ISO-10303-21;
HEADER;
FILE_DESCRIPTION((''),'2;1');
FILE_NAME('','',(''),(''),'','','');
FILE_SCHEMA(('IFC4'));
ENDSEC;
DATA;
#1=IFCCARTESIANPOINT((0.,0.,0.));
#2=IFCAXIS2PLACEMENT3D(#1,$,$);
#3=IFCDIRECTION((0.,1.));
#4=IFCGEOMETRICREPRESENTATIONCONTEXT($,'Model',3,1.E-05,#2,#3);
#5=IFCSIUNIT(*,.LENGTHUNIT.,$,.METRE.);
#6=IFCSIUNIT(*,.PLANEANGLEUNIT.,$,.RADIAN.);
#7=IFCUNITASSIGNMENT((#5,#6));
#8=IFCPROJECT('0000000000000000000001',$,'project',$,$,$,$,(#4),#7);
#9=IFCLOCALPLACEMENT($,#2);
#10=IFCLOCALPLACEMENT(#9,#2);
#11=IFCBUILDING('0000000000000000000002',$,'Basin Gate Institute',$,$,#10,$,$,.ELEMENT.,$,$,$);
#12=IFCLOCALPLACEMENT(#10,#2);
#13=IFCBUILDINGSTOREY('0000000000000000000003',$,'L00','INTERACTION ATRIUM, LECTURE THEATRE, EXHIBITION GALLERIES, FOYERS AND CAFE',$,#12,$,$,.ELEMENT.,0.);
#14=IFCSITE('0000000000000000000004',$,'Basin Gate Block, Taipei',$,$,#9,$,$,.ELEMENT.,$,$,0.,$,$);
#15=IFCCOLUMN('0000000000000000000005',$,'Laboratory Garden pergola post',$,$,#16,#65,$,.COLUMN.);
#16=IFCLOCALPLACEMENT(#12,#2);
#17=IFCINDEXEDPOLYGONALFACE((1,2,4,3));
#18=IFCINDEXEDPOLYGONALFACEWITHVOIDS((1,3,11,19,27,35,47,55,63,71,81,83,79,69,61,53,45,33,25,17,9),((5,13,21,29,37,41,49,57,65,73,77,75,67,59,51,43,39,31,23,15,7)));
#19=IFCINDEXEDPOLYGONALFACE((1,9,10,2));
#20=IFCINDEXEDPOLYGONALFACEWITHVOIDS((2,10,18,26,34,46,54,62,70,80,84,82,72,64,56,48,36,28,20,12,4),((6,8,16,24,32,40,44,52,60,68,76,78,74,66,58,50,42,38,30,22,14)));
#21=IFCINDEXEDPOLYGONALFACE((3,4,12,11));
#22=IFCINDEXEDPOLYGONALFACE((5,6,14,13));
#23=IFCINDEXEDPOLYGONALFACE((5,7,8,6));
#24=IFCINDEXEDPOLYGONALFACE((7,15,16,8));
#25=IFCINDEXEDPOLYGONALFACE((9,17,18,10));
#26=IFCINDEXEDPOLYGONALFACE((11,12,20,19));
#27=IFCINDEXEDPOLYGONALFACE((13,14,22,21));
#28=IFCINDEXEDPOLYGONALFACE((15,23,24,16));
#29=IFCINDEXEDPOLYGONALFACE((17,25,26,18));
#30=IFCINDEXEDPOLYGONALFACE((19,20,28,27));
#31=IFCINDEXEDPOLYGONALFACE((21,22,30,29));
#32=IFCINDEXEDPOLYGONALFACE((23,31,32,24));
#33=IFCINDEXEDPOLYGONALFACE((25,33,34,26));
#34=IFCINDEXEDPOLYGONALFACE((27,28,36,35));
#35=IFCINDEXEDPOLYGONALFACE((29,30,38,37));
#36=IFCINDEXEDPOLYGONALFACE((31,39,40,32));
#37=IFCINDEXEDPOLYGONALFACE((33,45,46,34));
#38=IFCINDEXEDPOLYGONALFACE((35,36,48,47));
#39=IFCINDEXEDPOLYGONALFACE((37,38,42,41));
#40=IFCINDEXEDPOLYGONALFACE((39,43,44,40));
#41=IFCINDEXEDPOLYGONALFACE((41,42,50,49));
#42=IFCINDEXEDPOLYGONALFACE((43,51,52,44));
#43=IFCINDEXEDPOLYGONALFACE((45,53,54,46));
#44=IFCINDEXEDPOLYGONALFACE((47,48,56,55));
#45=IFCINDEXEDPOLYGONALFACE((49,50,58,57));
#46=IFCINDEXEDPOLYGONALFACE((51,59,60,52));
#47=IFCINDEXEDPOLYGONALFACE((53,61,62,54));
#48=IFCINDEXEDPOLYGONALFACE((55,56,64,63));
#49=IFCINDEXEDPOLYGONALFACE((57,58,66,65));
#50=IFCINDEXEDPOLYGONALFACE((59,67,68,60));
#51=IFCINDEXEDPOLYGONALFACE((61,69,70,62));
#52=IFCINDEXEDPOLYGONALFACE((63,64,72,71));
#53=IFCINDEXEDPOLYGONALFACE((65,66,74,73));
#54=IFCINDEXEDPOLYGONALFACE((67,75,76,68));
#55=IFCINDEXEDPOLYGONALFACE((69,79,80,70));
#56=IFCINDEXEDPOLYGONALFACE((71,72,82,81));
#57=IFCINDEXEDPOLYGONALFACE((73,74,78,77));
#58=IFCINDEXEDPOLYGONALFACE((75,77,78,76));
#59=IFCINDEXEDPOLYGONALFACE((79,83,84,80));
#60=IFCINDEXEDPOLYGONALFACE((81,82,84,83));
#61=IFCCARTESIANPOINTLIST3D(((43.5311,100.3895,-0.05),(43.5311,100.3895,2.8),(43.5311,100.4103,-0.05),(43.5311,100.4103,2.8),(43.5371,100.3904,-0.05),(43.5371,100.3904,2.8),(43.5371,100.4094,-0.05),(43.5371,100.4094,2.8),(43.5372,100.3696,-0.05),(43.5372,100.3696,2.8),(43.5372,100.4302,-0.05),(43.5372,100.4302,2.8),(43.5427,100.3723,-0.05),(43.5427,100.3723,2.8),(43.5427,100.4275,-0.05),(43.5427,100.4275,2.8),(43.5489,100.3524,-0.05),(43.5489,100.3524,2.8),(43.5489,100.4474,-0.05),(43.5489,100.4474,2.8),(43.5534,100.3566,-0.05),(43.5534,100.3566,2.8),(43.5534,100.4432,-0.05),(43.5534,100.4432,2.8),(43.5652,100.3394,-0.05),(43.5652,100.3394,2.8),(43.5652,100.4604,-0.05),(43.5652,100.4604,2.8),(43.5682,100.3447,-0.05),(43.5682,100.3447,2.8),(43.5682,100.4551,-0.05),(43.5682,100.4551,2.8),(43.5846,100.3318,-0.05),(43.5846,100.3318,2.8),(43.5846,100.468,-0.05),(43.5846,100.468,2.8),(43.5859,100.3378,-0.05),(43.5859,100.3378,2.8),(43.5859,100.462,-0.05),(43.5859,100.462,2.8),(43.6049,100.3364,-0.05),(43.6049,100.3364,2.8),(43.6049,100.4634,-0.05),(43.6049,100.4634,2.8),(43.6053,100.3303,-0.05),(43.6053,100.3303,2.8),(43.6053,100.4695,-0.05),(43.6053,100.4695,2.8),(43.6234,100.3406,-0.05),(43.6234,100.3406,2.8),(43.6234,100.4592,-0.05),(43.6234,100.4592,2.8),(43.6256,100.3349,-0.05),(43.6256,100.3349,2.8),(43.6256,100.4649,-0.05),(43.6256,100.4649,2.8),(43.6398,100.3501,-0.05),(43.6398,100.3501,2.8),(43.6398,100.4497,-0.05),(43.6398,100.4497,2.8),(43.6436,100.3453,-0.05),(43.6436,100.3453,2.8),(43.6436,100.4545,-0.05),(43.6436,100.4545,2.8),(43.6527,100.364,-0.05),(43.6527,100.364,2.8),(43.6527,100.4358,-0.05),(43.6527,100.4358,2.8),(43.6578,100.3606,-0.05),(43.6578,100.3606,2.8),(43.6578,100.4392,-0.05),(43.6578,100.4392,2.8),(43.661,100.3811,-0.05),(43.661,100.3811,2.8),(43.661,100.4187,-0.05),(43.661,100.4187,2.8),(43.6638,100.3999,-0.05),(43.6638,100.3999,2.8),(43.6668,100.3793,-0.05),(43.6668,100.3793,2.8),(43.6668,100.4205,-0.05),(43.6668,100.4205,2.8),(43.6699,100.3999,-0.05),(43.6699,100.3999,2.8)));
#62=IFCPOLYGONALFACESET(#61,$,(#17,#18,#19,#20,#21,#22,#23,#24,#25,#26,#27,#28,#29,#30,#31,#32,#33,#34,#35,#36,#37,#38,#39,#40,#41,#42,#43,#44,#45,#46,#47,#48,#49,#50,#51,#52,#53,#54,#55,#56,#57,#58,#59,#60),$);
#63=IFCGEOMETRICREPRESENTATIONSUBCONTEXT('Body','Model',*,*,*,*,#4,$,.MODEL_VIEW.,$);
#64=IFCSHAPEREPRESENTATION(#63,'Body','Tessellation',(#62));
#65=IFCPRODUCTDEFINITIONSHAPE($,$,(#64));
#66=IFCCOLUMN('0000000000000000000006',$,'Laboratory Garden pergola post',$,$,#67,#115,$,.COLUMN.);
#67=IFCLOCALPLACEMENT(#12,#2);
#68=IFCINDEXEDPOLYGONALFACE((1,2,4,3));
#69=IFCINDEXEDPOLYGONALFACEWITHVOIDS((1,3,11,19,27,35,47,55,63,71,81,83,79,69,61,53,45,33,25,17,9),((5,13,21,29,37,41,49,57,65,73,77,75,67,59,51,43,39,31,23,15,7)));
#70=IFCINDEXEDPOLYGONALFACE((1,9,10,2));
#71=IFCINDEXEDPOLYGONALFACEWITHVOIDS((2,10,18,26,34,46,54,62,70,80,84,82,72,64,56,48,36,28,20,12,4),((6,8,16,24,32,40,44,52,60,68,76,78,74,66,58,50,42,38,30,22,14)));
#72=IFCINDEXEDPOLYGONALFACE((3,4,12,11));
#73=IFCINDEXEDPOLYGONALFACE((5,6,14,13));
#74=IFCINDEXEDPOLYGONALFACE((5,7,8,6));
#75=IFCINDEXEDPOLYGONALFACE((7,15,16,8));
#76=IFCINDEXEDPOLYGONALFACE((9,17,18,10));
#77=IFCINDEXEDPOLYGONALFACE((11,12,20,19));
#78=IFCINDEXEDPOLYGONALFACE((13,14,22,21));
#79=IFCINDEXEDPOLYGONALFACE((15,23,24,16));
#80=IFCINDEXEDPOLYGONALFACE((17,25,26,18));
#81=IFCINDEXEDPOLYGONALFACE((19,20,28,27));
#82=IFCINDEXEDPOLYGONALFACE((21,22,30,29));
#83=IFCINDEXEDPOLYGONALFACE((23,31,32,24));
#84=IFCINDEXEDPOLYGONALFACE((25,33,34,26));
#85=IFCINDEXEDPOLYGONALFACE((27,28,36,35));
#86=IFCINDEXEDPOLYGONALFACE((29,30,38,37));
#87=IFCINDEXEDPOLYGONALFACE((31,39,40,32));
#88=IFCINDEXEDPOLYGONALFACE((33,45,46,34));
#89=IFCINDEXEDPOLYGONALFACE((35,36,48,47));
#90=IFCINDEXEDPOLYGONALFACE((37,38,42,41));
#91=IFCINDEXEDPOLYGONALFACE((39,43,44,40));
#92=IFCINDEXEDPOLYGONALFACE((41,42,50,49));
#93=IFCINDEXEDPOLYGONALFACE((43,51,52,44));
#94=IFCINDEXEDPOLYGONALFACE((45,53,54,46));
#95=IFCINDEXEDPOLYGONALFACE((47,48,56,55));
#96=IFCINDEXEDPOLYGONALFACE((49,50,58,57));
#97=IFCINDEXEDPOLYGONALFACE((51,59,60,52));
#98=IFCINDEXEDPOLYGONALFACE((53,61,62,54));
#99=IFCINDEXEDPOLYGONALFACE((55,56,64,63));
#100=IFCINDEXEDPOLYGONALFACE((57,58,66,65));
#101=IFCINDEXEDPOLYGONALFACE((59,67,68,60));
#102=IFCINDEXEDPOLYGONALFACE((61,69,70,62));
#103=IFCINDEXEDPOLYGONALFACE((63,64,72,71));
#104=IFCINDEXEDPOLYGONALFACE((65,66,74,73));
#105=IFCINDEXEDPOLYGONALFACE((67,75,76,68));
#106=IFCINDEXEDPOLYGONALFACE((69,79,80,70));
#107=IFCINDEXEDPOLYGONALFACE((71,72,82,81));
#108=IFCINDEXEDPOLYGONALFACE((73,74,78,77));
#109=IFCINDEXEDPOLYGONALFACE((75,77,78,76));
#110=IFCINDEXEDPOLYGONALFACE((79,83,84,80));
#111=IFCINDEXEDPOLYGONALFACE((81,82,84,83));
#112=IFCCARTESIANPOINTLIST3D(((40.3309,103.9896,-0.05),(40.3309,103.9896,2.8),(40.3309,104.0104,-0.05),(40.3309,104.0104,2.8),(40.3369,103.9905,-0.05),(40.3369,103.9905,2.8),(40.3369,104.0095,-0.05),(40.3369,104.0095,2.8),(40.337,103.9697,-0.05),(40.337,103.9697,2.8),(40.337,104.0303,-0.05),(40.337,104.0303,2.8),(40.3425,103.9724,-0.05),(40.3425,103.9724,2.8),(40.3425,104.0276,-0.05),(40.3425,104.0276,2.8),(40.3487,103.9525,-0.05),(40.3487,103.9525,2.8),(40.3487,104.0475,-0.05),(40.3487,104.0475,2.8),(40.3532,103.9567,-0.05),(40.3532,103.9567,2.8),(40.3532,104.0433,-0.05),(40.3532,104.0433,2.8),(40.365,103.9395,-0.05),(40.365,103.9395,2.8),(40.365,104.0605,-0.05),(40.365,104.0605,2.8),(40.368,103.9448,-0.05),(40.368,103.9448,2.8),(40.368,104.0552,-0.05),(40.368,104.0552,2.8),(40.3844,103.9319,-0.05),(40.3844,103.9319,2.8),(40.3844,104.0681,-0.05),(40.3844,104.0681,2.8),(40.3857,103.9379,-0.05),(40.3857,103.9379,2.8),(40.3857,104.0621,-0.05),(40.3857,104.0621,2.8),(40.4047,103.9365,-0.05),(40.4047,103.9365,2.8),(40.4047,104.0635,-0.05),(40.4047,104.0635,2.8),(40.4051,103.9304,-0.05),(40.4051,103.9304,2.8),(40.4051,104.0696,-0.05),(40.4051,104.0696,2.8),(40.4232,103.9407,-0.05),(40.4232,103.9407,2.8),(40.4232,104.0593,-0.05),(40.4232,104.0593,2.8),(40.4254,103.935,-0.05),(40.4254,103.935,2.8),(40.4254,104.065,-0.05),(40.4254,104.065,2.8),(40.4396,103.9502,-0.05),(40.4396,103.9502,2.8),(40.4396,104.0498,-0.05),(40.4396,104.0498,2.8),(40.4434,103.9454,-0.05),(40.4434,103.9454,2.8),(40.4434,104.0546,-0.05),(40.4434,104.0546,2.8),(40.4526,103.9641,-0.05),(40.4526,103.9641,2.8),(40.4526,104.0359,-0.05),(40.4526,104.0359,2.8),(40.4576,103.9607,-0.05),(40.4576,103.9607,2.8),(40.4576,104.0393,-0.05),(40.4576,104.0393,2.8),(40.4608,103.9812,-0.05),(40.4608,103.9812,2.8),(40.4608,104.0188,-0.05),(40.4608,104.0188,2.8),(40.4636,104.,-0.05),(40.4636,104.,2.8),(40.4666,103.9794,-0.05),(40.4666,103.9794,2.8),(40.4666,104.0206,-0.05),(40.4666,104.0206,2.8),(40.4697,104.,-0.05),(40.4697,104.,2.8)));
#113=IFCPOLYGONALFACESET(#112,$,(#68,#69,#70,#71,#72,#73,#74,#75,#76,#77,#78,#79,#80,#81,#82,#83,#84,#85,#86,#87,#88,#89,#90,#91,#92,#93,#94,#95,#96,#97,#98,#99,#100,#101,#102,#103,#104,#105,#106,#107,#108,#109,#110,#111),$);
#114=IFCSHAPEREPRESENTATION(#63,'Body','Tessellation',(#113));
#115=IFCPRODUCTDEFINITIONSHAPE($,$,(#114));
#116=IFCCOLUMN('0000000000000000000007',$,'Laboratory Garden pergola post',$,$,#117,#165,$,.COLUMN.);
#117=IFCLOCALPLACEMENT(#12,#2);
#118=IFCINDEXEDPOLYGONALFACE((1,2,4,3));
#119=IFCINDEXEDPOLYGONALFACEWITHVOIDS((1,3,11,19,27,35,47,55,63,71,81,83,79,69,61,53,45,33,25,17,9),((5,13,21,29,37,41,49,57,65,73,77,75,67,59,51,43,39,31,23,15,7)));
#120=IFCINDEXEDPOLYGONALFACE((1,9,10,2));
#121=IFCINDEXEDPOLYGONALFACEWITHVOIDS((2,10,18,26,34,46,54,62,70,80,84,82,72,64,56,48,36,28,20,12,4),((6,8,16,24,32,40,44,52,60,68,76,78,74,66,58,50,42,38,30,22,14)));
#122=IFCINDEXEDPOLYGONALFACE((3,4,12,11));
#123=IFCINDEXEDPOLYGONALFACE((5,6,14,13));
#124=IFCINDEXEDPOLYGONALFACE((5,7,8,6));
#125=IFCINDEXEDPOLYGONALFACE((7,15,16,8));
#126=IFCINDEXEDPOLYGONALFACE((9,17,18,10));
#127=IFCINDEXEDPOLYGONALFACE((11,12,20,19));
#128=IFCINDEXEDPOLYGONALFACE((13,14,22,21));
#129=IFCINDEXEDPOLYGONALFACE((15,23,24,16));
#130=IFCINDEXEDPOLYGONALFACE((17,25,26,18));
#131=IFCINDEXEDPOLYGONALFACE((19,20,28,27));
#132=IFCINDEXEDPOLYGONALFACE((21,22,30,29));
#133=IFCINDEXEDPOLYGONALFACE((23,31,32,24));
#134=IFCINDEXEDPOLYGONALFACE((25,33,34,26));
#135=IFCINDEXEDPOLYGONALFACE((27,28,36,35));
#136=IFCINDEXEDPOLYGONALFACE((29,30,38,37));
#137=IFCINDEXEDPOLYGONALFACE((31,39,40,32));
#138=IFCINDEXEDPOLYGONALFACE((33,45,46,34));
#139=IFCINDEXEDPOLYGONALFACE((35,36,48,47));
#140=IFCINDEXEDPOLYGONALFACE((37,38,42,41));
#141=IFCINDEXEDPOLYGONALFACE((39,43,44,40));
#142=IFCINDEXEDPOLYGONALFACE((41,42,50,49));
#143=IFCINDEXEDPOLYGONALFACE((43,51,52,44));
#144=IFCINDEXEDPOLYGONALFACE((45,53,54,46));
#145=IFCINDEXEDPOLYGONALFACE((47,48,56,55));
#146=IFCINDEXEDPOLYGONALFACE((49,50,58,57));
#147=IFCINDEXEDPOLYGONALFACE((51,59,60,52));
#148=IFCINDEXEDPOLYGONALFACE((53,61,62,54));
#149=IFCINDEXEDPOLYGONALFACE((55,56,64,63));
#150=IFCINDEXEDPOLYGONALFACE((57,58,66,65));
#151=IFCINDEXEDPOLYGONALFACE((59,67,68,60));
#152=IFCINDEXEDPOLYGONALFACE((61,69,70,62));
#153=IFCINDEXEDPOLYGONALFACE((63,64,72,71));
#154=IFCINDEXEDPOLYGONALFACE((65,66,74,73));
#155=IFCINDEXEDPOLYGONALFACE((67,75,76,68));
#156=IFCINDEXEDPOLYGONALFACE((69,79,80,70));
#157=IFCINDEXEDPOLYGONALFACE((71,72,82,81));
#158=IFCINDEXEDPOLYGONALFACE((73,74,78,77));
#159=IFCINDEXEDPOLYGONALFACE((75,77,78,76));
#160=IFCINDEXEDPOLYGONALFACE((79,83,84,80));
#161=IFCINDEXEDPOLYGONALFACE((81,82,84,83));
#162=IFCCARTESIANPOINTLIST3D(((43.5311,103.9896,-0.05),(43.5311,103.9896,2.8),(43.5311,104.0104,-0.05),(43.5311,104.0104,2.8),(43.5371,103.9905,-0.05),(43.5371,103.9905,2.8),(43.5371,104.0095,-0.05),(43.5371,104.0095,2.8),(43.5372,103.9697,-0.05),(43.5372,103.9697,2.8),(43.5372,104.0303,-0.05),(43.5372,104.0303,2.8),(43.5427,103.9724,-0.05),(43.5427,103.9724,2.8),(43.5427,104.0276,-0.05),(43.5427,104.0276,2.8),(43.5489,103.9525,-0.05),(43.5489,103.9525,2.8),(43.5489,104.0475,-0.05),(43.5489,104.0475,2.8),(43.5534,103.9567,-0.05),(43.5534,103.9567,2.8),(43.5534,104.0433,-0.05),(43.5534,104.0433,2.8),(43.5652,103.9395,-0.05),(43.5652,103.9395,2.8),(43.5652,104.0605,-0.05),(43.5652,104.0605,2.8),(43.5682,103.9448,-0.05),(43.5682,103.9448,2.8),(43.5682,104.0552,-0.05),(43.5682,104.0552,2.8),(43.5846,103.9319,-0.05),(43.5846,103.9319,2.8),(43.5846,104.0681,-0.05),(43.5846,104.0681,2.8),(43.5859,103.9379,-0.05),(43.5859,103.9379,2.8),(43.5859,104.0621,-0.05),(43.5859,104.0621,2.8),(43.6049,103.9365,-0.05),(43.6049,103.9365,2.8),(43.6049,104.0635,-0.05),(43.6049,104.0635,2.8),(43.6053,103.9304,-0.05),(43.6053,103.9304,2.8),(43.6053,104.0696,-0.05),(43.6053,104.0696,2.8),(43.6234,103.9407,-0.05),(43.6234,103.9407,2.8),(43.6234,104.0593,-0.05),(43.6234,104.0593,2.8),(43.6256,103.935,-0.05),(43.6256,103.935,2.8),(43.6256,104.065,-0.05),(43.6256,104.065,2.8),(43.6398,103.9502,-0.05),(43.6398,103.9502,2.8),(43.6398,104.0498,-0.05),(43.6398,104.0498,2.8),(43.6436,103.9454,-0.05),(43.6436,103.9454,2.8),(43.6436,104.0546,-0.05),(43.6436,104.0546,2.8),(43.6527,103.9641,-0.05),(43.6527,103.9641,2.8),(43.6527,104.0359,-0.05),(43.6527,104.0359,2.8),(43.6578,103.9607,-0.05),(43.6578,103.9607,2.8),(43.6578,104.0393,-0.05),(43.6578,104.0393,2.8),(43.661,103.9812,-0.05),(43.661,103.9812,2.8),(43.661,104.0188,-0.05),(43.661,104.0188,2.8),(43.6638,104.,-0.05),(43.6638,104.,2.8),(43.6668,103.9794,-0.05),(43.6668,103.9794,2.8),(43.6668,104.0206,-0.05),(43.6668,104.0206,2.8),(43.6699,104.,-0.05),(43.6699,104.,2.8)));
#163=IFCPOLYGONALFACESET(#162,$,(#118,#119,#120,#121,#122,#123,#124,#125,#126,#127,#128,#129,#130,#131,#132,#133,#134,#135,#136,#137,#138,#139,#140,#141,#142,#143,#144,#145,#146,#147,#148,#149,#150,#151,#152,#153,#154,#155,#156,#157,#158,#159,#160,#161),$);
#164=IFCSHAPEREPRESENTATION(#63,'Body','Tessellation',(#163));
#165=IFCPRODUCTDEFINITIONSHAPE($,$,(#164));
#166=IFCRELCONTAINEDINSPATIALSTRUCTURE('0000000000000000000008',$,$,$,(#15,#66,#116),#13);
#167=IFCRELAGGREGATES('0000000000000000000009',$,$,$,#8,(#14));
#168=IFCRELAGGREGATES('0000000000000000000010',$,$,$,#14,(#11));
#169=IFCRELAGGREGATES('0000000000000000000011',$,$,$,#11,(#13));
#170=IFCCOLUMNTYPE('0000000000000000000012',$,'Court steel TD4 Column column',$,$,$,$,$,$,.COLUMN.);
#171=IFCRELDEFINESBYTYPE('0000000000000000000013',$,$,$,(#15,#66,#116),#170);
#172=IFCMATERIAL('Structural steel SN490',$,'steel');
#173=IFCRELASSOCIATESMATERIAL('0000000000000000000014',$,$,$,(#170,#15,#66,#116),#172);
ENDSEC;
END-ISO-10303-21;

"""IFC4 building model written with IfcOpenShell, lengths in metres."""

from ifc_helpers import new_model, si_unit, direction, frame, origin, origin_2d, place, context, subcontext, project, spatial, hollow_circle, extrude, material, material_profile, profile_set, type_object, element, save


model = new_model("IFC4")

# Units and contexts
model_context = context("Model", 3, precision=1e-05, world=origin(), true_north=direction((0.0, 1.0)))
body_context = subcontext(model_context, "Body", "Model", "MODEL_VIEW")
ifc_project = project(units=[si_unit("LENGTHUNIT", "METRE"), si_unit("PLANEANGLEUNIT", "RADIAN")], contexts=[model_context])

# Site, building, storey
site_placement = place(None, origin())
site = spatial("IfcSite", under=ifc_project, at=site_placement, Name="Basin Gate Block, Taipei", CompositionType="ELEMENT", RefElevation=0.0)
building_placement = place(site_placement, origin())
building = spatial("IfcBuilding", under=site, at=building_placement, Name="Basin Gate Institute", CompositionType="ELEMENT")
storey_placement = place(building_placement, origin())
storey = spatial("IfcBuildingStorey", under=building, at=storey_placement, Name="L00", Description="INTERACTION ATRIUM, LECTURE THEATRE, EXHIBITION GALLERIES, FOYERS AND CAFE", CompositionType="ELEMENT", Elevation=0.0)

# Columns
ifc_material_1 = material(Name="Structural steel SN490", Category="steel")
ifc_material_profile_1 = material_profile(ifc_material_1, hollow_circle(Radius=0.0698, WallThickness=0.0061, at=origin_2d()), Name="CHS139x6")
ifc_profile_set_1 = profile_set([ifc_material_profile_1], Name="Structural steel SN490")
column_type = type_object("IfcColumnType", Name="Court steel TD4 Column column", PredefinedType="COLUMN", material=ifc_profile_set_1)
for number, where, z_axis, x_axis, name in (
    (1, (43.6001, 100.3999, -0.05), (0.0, 0.0, 1.0), (1.0, 0.0, 0.0), "Laboratory Garden pergola post"),
    (2, (40.3999, 104.0, -0.05), (0.0, 0.0, 1.0), (1.0, 0.0, 0.0), "Laboratory Garden pergola post"),
    (3, (43.6001, 104.0, -0.05), (0.0, 0.0, 1.0), (1.0, 0.0, 0.0), "Laboratory Garden pergola post"),
):
    element("IfcColumn", number, at=place(storey_placement, frame(where, z_axis=z_axis, x_axis=x_axis)), inside=storey, type_object=column_type, material=ifc_profile_set_1, Name=name, PredefinedType="COLUMN", context=body_context, shape_type="SweptSolid", body=[
        extrude(hollow_circle(Radius=0.0698, WallThickness=0.0061, at=origin_2d()), origin(), (0.0, 0.0, 1.0), 2.8501),
    ])

save(model, "model.ifc")
